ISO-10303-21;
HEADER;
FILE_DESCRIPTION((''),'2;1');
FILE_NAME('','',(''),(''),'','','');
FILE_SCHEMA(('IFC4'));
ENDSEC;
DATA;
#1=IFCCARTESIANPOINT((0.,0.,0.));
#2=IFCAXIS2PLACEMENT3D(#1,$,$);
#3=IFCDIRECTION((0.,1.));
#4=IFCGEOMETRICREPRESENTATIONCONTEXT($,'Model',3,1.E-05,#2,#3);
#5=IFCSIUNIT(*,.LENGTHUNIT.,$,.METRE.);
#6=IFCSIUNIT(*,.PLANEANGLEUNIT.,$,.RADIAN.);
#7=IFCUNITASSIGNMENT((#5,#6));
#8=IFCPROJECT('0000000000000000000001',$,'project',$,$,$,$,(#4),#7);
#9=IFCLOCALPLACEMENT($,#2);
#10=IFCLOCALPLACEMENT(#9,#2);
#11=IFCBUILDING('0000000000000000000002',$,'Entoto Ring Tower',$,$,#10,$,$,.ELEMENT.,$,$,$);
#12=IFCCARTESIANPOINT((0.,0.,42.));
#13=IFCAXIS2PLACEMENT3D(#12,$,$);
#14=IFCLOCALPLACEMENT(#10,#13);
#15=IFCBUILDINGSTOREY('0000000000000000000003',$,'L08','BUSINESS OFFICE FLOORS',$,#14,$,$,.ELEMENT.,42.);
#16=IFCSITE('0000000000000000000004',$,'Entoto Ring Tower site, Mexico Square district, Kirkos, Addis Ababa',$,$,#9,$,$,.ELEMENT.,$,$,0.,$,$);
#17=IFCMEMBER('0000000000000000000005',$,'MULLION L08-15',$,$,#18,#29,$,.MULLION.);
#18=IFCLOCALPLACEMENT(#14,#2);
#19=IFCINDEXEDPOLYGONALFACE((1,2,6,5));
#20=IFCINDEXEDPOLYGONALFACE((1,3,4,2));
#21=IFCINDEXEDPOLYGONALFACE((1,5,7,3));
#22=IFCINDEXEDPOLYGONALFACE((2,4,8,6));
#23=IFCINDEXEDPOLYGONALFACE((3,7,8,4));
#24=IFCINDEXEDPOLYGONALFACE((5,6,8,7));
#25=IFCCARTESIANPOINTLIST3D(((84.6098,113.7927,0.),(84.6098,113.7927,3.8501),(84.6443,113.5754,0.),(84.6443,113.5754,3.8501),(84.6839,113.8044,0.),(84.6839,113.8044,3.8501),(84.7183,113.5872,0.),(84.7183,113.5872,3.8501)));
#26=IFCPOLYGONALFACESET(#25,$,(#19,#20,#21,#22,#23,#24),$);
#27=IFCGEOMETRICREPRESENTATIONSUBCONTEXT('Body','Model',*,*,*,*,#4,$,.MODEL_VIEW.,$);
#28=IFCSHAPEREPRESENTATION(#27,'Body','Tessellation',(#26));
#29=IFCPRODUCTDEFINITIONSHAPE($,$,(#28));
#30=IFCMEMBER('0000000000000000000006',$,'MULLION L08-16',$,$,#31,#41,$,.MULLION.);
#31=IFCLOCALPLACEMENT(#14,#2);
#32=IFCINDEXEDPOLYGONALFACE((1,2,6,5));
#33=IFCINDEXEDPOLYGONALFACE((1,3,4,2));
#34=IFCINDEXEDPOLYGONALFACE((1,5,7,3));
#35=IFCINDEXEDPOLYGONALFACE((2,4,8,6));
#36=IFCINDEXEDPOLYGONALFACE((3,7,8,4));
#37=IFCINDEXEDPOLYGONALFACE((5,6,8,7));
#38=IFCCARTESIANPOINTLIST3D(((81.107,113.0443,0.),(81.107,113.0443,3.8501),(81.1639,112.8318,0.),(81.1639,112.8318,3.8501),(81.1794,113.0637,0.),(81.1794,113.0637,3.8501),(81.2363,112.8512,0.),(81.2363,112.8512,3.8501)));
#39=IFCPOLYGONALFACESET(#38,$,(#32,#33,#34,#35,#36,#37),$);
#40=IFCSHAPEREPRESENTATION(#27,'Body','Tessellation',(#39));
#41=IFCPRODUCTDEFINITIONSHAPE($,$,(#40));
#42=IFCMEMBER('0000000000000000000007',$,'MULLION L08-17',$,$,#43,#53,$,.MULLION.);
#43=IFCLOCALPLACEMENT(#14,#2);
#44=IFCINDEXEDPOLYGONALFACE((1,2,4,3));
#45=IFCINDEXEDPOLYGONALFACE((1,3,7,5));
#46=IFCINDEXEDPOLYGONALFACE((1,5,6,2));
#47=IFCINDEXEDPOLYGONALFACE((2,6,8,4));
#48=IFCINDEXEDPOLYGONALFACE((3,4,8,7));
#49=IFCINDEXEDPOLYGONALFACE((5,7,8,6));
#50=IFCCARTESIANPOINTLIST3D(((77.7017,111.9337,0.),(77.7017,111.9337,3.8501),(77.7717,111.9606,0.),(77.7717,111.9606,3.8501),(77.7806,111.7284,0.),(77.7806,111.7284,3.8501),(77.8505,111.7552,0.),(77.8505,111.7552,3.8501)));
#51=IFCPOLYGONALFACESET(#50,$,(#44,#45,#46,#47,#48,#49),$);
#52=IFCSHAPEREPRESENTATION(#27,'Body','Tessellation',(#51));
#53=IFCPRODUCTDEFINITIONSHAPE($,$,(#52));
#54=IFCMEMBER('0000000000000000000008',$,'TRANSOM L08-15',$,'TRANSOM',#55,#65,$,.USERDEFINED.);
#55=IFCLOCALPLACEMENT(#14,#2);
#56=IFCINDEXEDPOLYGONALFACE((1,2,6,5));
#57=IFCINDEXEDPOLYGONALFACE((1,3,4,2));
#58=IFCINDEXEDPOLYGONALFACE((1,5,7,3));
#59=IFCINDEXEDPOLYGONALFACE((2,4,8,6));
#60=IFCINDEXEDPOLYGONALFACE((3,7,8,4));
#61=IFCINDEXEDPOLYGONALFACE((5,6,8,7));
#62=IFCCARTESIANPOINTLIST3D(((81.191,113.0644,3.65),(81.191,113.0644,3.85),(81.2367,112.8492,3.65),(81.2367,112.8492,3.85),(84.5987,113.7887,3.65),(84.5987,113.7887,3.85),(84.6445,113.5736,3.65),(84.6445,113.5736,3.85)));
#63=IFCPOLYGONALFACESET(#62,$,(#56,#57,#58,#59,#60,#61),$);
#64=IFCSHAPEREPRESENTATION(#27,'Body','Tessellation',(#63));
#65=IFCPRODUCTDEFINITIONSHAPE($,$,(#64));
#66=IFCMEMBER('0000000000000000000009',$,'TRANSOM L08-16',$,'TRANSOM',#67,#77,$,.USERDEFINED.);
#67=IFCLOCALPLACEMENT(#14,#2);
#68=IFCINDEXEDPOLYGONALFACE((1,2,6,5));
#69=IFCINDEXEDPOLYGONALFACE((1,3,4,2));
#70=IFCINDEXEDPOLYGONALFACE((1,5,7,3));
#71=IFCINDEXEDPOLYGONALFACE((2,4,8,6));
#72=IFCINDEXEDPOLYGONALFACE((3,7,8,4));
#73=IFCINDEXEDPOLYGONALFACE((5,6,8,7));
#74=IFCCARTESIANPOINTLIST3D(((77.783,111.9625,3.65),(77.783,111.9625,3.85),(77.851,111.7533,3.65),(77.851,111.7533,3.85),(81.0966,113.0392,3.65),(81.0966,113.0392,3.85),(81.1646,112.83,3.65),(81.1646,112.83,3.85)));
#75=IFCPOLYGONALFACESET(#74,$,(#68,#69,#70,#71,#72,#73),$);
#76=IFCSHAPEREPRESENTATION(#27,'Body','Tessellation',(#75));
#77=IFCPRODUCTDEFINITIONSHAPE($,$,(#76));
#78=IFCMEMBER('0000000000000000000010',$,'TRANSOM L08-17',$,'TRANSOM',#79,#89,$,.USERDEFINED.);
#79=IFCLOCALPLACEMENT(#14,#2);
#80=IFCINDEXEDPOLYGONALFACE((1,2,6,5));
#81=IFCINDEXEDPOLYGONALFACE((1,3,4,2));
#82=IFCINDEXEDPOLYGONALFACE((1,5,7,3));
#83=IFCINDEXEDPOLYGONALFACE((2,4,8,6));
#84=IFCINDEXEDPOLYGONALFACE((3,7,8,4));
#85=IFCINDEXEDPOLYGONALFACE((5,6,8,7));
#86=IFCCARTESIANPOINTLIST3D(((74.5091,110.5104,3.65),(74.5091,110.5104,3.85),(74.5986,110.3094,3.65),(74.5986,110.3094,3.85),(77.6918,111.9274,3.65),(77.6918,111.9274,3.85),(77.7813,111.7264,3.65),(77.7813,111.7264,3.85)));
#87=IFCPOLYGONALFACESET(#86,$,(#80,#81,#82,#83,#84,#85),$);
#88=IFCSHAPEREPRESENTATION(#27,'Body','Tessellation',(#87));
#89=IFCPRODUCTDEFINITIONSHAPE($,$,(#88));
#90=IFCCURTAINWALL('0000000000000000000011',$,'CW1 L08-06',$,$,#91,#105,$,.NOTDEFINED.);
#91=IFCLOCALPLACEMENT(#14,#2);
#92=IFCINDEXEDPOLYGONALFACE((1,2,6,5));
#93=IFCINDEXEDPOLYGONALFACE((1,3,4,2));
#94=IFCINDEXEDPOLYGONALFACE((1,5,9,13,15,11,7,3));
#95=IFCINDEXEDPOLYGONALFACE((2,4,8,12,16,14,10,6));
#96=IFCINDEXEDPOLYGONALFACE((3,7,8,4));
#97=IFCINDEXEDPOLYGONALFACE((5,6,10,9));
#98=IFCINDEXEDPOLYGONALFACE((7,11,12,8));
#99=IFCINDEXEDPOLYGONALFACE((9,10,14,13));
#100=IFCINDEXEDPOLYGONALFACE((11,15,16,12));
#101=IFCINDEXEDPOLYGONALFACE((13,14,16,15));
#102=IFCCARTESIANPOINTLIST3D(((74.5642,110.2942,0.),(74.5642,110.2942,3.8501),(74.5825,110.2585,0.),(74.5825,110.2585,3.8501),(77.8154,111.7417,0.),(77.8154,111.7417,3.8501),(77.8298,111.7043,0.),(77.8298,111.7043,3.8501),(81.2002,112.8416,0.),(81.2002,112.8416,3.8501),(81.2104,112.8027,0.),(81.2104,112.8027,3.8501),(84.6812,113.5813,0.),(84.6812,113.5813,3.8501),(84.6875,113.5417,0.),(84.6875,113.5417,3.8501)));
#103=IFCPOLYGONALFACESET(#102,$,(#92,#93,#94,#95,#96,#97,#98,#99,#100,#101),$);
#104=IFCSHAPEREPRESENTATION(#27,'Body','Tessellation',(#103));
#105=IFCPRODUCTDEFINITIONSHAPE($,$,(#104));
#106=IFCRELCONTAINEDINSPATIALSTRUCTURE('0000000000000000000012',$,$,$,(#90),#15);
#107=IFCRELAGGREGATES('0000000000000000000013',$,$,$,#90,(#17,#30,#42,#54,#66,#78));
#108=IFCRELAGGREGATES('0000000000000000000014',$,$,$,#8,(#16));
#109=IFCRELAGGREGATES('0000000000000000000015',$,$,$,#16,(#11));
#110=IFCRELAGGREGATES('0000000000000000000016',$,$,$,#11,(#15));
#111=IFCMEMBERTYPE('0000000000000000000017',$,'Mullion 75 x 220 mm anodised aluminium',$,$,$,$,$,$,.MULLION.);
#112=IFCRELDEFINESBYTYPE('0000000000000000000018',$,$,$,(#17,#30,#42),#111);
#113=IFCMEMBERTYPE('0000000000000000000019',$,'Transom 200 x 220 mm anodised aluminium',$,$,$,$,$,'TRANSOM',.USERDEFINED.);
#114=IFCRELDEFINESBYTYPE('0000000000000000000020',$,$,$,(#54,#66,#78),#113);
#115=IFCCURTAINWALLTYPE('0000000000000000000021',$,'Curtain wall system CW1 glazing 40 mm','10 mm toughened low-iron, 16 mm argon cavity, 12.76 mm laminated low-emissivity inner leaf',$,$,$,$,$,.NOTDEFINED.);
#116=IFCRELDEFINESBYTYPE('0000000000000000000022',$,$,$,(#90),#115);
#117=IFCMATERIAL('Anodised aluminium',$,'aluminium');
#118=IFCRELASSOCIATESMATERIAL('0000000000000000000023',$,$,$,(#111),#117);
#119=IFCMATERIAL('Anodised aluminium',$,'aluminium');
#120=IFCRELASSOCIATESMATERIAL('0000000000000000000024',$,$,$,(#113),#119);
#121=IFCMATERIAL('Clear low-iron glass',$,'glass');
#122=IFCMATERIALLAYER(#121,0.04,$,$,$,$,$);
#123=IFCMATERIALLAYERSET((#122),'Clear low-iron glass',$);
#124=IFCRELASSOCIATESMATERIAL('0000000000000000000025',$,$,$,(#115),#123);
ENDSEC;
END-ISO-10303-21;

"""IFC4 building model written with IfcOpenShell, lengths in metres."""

from ifc_helpers import new_model, si_unit, direction, frame, origin, origin_2d, place, context, subcontext, project, spatial, polyline, rectangle, outline, extrude, material, layer, layer_set, material_profile, profile_set, type_object, element, aggregate, save


model = new_model("IFC4")

# Units and contexts
model_context = context("Model", 3, precision=1e-05, world=origin(), true_north=direction((0.0, 1.0)))
body_context = subcontext(model_context, "Body", "Model", "MODEL_VIEW")
ifc_project = project(units=[si_unit("LENGTHUNIT", "METRE"), si_unit("PLANEANGLEUNIT", "RADIAN")], contexts=[model_context])

# Members
ifc_material_1 = material(Name="Anodised aluminium", Category="aluminium")
ifc_material_profile_1 = material_profile(ifc_material_1, rectangle(XDim=0.075, YDim=0.22, at=origin_2d()), Name="Mullion 75 x 220 mm anodised aluminium")
ifc_profile_set_1 = profile_set([ifc_material_profile_1], Name="Anodised aluminium")
member_type_1 = type_object("IfcMemberType", Name="Mullion 75 x 220 mm anodised aluminium", PredefinedType="MULLION", material=ifc_profile_set_1)
site_placement = place(None, origin())
building_placement = place(site_placement, origin())
storey_placement = place(building_placement, frame((0.0, 0.0, 42.0)))
member_1_placement = place(storey_placement, frame((84.6641, 113.6899, 0.0), z_axis=(0.0, 0.0, 1.0), x_axis=(-0.987688, -0.156434, 0.0)))
member_1 = element("IfcMember", 1, at=member_1_placement, type_object=member_type_1, Name="MULLION L08-15", PredefinedType="MULLION", context=body_context, shape_type="SweptSolid", body=[
    extrude(rectangle(XDim=0.075, YDim=0.22, at=origin_2d()), origin(), (0.0, 0.0, 1.0), 3.8501),
])
member_2_placement = place(storey_placement, frame((81.1716, 112.9478, 0.0), z_axis=(0.0, 0.0, 1.0), x_axis=(-0.965926, -0.258819, 0.0)))
member_2 = element("IfcMember", 2, at=member_2_placement, type_object=member_type_1, Name="MULLION L08-16", PredefinedType="MULLION", context=body_context, shape_type="SweptSolid", body=[
    extrude(rectangle(XDim=0.075, YDim=0.22, at=origin_2d()), origin(), (0.0, 0.0, 1.0), 3.8501),
])
member_3_placement = place(storey_placement, frame((77.7761, 111.8445, 0.0), z_axis=(0.0, 0.0, 1.0), x_axis=(-0.93358, -0.358368, 0.0)))
member_3 = element("IfcMember", 3, at=member_3_placement, type_object=member_type_1, Name="MULLION L08-17", PredefinedType="MULLION", context=body_context, shape_type="SweptSolid", body=[
    extrude(rectangle(XDim=0.075, YDim=0.22, at=origin_2d()), origin(), (0.0, 0.0, 1.0), 3.8501),
])
ifc_material_2 = material(Name="Anodised aluminium", Category="aluminium")
ifc_material_profile_2 = material_profile(ifc_material_2, rectangle(XDim=0.22, YDim=0.2, at=origin_2d()), Name="Transom 200 x 220 mm anodised aluminium")
ifc_profile_set_2 = profile_set([ifc_material_profile_2], Name="Anodised aluminium")
member_type_2 = type_object("IfcMemberType", Name="Transom 200 x 220 mm anodised aluminium", ElementType="TRANSOM", PredefinedType="USERDEFINED", material=ifc_profile_set_2)
member_4_placement = place(storey_placement, frame((84.6216, 113.6812, 3.75), z_axis=(-0.978146, -0.207921, 0.0), x_axis=(0.207921, -0.978146, 0.0)))
member_4 = element("IfcMember", 4, at=member_4_placement, type_object=member_type_2, Name="TRANSOM L08-15", ObjectType="TRANSOM", PredefinedType="USERDEFINED", context=body_context, shape_type="SweptSolid", body=[
    extrude(rectangle(XDim=0.22, YDim=0.2, at=origin_2d()), origin(), (0.0, 0.0, 1.0), 3.4839),
])
member_5_placement = place(storey_placement, frame((81.1306, 112.9346, 3.75), z_axis=(-0.951053, -0.309029, 0.0), x_axis=(0.309029, -0.951053, 0.0)))
member_5 = element("IfcMember", 5, at=member_5_placement, type_object=member_type_2, Name="TRANSOM L08-16", ObjectType="TRANSOM", PredefinedType="USERDEFINED", context=body_context, shape_type="SweptSolid", body=[
    extrude(rectangle(XDim=0.22, YDim=0.2, at=origin_2d()), origin(), (0.0, 0.0, 1.0), 3.4841),
])
member_6_placement = place(storey_placement, frame((77.7366, 111.8269, 3.75), z_axis=(-0.913545, -0.406737, 0.0), x_axis=(0.406737, -0.913545, 0.0)))
member_6 = element("IfcMember", 6, at=member_6_placement, type_object=member_type_2, Name="TRANSOM L08-17", ObjectType="TRANSOM", PredefinedType="USERDEFINED", context=body_context, shape_type="SweptSolid", body=[
    extrude(rectangle(XDim=0.22, YDim=0.2, at=origin_2d()), origin(), (0.0, 0.0, 1.0), 3.4839),
])

# Site, building, storey
site = spatial("IfcSite", under=ifc_project, at=site_placement, Name="Entoto Ring Tower site, Mexico Square district, Kirkos, Addis Ababa", CompositionType="ELEMENT", RefElevation=0.0)
building = spatial("IfcBuilding", under=site, at=building_placement, Name="Entoto Ring Tower", CompositionType="ELEMENT")
storey = spatial("IfcBuildingStorey", under=building, at=storey_placement, Name="L08", Description="BUSINESS OFFICE FLOORS", CompositionType="ELEMENT", Elevation=42.0)

# Curtain wall
ifc_material_3 = material(Name="Clear low-iron glass", Category="glass")
ifc_layer = layer(ifc_material_3, 0.04)
ifc_layer_set = layer_set([ifc_layer], Name="Clear low-iron glass")
curtain_wall_type = type_object("IfcCurtainWallType", Name="Curtain wall system CW1 glazing 40 mm", Description="10 mm toughened low-iron, 16 mm argon cavity, 12.76 mm laminated low-emissivity inner leaf", PredefinedType="NOTDEFINED", material=ifc_layer_set)
curtain_wall_1_placement = place(storey_placement, origin())
curtain_wall_1 = element("IfcCurtainWall", 7, at=curtain_wall_1_placement, inside=storey, type_object=curtain_wall_type, Name="CW1 L08-06", PredefinedType="NOTDEFINED", context=body_context, shape_type="SweptSolid", body=[
    extrude(outline(polyline([(84.6812, 113.5813), (81.2002, 112.8416), (77.8154, 111.7417), (74.5642, 110.2942), (74.5825, 110.2585), (77.8298, 111.7043), (81.2104, 112.8027), (84.6875, 113.5417), (84.6812, 113.5813)])), origin(), (0.0, 0.0, 1.0), 3.8501),
])
aggregate(curtain_wall_1, [member_1, member_2, member_3, member_4, member_5, member_6])

save(model, "model.ifc")
